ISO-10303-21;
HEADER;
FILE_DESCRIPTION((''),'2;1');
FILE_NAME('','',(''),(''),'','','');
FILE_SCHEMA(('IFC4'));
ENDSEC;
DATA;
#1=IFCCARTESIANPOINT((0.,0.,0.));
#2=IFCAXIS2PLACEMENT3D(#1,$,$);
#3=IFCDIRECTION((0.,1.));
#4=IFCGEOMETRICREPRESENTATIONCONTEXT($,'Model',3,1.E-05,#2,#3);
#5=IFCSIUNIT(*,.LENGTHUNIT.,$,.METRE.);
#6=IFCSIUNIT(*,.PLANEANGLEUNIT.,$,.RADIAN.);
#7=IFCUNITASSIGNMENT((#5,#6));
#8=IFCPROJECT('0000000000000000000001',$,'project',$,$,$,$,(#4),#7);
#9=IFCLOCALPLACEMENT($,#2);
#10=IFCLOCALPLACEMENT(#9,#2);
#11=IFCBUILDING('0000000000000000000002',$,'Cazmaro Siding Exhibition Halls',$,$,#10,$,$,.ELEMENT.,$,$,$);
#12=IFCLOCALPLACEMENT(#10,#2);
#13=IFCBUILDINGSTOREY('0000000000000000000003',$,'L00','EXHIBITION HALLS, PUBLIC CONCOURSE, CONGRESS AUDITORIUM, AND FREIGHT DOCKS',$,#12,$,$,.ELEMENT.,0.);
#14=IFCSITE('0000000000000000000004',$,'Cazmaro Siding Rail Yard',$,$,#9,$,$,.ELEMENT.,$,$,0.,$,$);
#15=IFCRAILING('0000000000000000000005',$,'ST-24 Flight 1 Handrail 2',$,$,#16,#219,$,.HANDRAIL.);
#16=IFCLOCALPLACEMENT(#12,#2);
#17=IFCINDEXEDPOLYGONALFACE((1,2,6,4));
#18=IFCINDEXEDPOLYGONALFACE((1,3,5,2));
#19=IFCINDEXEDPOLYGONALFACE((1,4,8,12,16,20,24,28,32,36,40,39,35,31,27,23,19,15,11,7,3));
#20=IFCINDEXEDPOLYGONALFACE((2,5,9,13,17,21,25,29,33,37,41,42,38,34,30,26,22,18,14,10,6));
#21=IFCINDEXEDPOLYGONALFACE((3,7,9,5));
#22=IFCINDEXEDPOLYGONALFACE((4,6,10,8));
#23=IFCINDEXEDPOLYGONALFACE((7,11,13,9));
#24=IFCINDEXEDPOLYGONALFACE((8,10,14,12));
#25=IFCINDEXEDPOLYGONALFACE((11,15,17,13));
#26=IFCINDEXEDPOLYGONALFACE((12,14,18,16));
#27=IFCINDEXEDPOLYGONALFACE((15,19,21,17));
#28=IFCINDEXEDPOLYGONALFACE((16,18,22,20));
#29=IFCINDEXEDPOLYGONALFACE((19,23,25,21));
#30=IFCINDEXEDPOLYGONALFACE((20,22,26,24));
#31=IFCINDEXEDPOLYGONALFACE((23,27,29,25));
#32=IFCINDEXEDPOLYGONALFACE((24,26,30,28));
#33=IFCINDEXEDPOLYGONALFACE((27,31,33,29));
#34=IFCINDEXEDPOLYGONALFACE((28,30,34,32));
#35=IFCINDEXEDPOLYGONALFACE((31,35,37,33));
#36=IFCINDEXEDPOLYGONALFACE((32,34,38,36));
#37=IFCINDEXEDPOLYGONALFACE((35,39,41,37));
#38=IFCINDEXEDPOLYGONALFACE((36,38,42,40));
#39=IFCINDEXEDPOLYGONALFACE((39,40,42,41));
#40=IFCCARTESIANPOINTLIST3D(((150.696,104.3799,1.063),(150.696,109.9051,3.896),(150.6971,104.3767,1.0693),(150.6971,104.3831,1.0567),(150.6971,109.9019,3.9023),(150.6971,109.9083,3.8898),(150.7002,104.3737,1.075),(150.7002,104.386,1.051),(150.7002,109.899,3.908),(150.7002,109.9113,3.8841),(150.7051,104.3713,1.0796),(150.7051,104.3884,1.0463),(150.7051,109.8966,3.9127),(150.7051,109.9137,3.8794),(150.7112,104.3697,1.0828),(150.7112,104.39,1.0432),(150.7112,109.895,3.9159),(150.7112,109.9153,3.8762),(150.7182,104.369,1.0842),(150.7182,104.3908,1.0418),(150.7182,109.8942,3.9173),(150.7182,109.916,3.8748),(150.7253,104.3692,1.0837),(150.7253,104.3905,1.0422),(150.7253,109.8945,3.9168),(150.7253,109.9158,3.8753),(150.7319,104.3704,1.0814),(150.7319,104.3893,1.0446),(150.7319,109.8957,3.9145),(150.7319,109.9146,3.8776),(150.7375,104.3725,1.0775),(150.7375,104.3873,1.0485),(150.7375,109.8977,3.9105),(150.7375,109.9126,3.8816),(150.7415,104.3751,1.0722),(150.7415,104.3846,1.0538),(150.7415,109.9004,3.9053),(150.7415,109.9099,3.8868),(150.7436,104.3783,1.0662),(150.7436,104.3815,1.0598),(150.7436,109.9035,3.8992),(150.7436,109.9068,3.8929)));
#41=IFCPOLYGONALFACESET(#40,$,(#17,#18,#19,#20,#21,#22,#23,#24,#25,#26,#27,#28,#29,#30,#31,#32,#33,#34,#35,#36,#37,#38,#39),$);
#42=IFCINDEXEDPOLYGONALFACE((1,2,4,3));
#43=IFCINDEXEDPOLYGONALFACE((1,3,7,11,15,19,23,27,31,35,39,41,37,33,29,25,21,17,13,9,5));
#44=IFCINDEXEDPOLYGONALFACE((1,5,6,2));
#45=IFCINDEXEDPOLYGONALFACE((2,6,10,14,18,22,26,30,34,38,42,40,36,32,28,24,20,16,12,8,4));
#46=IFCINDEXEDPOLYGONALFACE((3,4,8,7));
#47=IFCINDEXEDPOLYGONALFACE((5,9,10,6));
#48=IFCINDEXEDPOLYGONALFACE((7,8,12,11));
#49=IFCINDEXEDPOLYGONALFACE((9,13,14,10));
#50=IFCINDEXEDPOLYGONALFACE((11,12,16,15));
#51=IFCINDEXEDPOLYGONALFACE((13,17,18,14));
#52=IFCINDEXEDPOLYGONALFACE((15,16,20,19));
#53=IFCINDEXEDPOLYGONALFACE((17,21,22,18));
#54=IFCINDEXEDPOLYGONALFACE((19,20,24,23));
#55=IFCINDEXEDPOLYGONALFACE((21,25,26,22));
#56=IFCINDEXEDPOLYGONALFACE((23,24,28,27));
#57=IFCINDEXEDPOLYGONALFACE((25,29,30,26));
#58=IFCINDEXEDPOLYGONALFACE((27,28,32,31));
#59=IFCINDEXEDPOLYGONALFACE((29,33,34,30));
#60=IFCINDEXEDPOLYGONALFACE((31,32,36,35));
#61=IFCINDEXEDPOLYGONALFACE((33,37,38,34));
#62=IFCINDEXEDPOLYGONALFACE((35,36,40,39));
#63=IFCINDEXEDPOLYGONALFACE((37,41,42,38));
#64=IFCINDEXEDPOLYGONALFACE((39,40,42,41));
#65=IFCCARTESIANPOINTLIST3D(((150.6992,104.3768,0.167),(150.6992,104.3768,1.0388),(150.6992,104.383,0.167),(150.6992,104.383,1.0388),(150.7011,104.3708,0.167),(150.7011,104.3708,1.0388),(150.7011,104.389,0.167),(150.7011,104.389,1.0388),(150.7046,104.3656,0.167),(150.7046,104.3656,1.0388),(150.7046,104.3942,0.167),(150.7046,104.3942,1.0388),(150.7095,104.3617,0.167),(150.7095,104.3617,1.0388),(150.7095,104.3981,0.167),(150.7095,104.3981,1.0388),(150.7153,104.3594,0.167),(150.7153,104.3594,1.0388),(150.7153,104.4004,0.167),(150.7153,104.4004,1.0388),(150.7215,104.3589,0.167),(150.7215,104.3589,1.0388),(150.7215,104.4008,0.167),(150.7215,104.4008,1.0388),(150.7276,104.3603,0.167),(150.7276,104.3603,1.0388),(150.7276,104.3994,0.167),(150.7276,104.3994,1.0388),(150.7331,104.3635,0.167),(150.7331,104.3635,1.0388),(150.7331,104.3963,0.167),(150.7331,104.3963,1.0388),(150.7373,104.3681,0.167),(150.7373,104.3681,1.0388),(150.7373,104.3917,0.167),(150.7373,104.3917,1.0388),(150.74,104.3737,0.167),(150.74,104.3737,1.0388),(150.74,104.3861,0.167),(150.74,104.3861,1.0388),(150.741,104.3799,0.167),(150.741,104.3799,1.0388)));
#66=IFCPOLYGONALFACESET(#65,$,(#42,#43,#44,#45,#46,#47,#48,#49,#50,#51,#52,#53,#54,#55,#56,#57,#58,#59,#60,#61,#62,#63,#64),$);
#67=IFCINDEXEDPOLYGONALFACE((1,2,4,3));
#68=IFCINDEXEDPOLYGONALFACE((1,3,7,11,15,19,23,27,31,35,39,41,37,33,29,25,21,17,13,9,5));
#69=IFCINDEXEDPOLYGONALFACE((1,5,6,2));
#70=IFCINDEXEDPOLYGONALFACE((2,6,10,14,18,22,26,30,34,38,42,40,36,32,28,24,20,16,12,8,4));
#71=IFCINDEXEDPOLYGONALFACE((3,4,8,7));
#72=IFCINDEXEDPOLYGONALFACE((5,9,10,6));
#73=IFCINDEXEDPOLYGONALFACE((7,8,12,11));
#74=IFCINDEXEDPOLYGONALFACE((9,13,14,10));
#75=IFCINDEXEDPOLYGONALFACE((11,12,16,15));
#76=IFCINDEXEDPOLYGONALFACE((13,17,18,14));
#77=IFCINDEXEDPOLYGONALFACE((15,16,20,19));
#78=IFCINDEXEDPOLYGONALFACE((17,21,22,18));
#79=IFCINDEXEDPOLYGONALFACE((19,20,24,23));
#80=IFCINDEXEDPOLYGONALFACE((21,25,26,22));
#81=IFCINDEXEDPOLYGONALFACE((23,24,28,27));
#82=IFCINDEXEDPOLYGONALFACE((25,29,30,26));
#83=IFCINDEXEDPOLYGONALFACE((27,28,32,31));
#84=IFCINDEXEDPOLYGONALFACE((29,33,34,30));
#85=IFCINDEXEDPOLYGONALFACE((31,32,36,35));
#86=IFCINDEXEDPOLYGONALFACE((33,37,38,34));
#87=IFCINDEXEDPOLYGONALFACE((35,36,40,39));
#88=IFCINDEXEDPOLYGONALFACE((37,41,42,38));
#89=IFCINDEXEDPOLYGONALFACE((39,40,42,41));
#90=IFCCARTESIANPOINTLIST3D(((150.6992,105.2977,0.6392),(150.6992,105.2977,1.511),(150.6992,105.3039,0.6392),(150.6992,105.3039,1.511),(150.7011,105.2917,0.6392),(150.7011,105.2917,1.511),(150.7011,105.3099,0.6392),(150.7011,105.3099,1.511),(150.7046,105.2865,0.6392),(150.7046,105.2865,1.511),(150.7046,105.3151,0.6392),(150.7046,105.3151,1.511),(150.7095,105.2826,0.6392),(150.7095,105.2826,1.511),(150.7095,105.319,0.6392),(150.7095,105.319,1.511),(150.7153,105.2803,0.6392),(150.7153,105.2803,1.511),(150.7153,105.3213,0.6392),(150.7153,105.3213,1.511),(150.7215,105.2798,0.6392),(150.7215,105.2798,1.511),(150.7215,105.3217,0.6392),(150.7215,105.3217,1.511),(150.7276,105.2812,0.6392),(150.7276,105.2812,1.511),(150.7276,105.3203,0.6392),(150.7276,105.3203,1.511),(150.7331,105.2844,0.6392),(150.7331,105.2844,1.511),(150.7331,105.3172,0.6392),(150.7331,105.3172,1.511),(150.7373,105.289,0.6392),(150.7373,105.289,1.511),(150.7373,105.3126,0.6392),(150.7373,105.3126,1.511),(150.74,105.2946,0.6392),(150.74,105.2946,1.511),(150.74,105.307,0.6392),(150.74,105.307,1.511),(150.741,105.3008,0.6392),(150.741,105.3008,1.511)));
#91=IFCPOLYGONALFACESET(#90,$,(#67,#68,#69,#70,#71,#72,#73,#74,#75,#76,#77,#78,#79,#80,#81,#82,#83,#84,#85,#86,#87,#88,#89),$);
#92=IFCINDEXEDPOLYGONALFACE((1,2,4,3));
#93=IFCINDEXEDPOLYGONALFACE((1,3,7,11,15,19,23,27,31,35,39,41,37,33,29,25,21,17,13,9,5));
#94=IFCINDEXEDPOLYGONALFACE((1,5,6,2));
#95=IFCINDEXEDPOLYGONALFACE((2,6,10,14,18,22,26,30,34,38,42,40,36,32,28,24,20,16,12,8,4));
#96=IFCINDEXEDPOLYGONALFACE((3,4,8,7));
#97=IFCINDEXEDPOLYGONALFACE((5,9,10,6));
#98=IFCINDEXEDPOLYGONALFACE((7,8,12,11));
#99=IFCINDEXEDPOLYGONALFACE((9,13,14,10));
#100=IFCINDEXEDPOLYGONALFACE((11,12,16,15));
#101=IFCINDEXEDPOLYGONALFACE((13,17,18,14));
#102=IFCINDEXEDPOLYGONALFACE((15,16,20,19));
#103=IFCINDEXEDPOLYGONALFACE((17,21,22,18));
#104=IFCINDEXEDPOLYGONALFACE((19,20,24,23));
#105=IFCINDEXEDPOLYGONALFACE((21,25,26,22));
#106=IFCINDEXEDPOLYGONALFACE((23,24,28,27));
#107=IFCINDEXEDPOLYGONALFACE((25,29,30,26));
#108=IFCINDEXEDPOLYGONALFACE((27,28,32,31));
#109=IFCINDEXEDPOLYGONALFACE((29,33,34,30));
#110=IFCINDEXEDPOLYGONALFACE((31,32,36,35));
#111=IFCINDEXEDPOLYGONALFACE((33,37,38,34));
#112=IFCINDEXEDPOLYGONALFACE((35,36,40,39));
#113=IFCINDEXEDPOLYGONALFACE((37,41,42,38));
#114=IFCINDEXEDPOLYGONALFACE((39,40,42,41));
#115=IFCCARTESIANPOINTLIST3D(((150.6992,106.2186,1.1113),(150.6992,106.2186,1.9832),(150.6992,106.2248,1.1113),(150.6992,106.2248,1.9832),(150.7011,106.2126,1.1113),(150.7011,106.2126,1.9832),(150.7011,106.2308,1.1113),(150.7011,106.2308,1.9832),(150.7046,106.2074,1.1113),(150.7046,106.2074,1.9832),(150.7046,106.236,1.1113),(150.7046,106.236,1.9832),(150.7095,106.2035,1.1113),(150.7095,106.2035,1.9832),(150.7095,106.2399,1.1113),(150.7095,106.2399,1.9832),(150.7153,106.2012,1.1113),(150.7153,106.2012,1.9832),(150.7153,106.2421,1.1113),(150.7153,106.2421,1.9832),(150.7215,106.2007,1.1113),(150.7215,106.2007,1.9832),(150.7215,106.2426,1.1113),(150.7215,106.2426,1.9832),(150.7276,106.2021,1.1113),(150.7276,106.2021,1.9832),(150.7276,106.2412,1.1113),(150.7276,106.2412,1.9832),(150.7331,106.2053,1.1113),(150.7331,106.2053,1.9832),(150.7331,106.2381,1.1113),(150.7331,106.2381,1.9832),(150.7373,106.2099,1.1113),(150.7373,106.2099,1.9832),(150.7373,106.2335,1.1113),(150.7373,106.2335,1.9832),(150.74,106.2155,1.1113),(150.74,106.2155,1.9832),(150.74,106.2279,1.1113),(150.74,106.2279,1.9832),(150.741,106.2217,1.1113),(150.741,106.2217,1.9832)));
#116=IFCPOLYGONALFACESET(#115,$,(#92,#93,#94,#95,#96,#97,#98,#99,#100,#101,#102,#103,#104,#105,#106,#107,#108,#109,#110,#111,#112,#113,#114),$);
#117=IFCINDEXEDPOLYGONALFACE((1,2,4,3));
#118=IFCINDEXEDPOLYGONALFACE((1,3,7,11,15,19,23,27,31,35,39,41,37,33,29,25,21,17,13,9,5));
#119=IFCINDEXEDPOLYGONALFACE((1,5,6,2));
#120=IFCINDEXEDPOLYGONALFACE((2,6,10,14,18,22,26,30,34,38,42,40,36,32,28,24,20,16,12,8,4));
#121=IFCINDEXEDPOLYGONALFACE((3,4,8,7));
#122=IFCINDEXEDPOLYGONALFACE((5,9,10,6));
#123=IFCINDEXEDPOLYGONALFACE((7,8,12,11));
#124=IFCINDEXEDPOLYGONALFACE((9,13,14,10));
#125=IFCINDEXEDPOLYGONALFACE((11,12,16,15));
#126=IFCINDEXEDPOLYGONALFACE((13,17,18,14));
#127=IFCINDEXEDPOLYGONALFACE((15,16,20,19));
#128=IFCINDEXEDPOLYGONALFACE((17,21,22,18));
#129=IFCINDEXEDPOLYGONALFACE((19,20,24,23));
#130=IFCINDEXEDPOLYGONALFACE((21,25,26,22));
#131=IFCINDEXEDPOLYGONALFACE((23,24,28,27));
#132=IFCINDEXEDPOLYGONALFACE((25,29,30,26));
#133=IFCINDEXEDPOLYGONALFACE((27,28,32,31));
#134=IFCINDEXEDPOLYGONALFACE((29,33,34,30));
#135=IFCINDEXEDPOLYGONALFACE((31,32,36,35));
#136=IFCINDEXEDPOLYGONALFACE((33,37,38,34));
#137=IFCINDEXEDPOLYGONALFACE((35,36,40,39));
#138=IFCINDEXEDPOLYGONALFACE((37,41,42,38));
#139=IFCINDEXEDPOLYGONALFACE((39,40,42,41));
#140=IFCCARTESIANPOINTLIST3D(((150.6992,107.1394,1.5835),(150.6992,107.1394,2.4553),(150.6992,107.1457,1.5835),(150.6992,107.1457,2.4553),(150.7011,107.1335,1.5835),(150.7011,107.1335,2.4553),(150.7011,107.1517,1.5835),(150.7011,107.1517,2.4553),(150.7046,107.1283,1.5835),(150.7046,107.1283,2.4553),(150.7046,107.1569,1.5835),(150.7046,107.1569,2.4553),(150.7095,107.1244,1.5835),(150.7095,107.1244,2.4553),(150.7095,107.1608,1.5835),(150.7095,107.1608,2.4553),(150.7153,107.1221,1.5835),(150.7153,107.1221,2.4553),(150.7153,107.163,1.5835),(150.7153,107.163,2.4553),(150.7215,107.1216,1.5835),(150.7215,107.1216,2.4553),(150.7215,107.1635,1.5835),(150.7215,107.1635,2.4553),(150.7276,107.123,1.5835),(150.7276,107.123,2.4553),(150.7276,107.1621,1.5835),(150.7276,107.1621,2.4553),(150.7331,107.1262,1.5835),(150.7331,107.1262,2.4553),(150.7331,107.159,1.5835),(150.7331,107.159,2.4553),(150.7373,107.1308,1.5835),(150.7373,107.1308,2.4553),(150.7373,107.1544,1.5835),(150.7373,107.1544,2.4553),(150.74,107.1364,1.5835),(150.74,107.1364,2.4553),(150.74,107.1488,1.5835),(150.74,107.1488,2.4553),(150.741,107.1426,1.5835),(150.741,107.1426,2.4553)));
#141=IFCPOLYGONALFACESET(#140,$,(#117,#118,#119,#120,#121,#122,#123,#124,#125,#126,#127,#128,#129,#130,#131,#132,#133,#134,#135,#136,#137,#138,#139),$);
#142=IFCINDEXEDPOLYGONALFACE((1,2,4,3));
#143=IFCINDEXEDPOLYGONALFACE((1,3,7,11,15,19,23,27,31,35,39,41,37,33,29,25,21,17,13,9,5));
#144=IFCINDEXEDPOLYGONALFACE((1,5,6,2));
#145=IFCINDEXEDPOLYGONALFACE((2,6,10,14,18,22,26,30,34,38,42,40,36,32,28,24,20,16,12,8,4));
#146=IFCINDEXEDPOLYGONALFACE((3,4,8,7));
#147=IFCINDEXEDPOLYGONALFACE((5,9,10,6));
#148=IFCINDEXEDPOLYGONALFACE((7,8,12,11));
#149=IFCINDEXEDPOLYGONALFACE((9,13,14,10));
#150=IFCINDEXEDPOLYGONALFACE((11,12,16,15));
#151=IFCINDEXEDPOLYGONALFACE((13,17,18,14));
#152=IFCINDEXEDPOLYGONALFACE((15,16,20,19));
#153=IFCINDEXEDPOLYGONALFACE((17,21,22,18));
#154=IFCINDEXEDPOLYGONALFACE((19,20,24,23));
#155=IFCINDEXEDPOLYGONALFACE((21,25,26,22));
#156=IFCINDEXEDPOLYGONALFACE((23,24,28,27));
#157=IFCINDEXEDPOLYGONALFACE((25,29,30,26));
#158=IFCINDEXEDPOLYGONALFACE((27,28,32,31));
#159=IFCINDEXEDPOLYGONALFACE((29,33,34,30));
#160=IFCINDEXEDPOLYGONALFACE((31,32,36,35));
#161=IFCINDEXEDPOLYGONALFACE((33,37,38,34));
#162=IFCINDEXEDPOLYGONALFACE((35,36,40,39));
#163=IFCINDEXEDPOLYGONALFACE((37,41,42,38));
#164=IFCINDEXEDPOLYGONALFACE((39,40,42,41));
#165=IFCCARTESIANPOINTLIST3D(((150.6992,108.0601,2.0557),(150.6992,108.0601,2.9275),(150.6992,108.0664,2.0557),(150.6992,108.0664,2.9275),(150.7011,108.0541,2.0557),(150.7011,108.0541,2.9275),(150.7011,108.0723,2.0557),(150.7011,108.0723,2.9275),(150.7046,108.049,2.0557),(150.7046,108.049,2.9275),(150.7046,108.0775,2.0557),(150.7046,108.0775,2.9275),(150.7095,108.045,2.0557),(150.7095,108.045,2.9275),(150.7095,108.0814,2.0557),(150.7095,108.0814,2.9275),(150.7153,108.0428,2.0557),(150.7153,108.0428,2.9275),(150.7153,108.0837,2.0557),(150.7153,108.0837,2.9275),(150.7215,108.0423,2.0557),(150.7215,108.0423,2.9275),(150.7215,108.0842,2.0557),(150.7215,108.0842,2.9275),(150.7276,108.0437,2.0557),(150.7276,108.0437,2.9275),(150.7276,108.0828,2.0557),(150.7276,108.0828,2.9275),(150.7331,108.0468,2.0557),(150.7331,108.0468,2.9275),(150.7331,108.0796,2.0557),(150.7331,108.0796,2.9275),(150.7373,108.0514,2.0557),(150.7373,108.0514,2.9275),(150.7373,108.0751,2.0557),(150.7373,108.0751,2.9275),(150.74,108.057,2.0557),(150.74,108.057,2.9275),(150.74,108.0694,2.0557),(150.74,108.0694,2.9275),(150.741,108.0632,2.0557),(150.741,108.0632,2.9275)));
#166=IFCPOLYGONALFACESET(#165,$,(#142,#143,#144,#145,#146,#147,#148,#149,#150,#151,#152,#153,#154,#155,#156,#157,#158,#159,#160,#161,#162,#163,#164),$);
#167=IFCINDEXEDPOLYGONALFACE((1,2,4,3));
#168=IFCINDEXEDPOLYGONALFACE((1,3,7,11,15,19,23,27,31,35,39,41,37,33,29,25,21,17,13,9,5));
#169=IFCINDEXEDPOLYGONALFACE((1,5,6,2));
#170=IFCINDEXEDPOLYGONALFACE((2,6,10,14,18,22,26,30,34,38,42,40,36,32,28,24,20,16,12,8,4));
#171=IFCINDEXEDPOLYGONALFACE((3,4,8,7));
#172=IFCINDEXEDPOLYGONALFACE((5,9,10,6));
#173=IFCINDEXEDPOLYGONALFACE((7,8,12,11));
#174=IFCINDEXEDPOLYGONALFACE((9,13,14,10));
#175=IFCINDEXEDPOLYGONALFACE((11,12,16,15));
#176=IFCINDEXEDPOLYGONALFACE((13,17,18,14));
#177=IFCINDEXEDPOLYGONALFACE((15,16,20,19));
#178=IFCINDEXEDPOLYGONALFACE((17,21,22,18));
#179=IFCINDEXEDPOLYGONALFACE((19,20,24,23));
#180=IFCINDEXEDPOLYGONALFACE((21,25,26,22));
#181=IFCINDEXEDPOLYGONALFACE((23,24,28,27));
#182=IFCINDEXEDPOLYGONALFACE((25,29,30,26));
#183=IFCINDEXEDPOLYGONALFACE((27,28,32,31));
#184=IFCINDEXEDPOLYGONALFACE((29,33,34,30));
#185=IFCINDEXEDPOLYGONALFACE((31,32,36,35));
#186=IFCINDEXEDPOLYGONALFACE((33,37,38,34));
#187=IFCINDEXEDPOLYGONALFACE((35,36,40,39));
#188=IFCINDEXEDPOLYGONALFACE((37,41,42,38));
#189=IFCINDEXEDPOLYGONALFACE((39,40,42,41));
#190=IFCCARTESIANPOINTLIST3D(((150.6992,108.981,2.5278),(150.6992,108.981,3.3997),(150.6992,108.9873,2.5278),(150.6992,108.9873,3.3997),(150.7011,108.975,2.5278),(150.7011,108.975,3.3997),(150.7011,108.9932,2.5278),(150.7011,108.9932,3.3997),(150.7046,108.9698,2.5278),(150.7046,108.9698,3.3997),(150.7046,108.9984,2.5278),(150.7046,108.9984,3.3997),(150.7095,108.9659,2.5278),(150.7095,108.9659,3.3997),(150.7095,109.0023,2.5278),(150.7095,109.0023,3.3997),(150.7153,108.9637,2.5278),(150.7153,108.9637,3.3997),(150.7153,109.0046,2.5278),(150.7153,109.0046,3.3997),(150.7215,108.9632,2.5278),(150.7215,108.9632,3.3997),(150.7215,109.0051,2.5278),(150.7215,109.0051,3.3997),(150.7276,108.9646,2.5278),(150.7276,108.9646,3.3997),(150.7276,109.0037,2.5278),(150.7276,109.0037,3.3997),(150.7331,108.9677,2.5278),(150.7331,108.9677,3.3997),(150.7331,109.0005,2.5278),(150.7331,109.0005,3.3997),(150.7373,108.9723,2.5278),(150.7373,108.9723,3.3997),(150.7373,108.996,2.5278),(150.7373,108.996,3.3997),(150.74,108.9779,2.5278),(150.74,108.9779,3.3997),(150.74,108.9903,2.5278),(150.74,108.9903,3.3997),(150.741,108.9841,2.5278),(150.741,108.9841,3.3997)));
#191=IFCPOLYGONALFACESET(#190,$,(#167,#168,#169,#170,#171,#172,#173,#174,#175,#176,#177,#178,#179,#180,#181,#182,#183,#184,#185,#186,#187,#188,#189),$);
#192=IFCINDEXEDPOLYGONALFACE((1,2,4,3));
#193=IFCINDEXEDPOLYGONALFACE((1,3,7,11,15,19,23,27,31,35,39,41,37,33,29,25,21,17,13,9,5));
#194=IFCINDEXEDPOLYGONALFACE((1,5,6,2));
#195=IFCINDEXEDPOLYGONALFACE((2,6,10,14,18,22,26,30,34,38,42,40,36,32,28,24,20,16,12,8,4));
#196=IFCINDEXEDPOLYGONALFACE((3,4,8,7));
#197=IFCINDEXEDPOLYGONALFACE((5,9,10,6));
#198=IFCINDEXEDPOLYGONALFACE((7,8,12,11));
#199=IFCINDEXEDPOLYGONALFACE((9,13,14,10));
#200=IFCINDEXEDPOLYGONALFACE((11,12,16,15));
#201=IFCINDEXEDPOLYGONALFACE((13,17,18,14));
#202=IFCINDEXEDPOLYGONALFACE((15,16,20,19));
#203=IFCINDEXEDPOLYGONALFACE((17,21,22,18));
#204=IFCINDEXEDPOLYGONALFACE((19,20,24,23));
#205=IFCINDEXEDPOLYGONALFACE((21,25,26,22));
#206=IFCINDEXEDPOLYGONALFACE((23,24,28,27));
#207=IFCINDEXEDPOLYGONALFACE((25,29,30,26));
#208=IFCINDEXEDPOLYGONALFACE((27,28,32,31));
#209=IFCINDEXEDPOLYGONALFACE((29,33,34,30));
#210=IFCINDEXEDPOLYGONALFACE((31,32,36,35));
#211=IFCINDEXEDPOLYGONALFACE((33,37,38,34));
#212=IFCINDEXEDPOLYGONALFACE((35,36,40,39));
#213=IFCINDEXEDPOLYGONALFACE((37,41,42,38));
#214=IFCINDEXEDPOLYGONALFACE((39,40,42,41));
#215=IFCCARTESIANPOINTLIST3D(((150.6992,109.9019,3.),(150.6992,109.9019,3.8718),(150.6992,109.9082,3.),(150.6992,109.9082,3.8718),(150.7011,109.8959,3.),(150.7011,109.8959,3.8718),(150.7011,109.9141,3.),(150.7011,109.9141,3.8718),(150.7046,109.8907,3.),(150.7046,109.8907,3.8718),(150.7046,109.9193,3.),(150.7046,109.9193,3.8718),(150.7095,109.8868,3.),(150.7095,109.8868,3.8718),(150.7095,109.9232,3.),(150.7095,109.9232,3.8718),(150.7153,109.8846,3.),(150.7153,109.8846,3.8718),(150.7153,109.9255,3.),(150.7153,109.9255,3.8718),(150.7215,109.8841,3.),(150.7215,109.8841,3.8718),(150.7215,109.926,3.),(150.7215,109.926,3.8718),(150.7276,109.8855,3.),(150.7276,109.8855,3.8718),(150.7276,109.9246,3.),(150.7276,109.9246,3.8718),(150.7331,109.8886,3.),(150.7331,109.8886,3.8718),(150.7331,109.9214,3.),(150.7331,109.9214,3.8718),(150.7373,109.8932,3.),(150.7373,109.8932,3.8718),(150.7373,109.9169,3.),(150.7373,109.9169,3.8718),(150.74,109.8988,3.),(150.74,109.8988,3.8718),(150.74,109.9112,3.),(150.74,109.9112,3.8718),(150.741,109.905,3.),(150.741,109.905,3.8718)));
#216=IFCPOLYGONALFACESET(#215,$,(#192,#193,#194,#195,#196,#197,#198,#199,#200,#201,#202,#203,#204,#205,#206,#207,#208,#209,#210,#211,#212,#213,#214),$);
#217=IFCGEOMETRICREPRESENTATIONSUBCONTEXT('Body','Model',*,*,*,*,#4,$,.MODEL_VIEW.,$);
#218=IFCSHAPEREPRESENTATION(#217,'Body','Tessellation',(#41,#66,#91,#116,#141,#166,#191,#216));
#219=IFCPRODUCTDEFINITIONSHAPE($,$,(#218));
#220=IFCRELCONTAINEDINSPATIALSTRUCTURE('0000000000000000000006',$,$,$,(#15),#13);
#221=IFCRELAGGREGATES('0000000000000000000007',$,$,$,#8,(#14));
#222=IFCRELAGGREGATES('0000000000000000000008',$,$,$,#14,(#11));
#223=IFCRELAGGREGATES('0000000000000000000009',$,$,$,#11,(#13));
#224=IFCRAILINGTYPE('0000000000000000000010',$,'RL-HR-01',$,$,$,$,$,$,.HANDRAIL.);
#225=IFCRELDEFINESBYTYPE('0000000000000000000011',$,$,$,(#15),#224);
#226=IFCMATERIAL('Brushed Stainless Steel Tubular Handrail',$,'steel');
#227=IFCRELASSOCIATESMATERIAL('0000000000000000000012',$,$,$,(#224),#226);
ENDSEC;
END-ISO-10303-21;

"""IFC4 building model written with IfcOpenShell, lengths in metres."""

from ifc_helpers import new_model, si_unit, direction, frame, origin, origin_2d, place, context, subcontext, project, spatial, circle, extrude, material, type_object, element, save


model = new_model("IFC4")

# Units and contexts
model_context = context("Model", 3, precision=1e-05, world=origin(), true_north=direction((0.0, 1.0)))
body_context = subcontext(model_context, "Body", "Model", "MODEL_VIEW")
ifc_project = project(units=[si_unit("LENGTHUNIT", "METRE"), si_unit("PLANEANGLEUNIT", "RADIAN")], contexts=[model_context])

# Site, building, storey
site_placement = place(None, origin())
site = spatial("IfcSite", under=ifc_project, at=site_placement, Name="Cazmaro Siding Rail Yard", CompositionType="ELEMENT", RefElevation=0.0)
building_placement = place(site_placement, origin())
building = spatial("IfcBuilding", under=site, at=building_placement, Name="Cazmaro Siding Exhibition Halls", CompositionType="ELEMENT")
storey_placement = place(building_placement, origin())
storey = spatial("IfcBuildingStorey", under=building, at=storey_placement, Name="L00", Description="EXHIBITION HALLS, PUBLIC CONCOURSE, CONGRESS AUDITORIUM, AND FREIGHT DOCKS", CompositionType="ELEMENT", Elevation=0.0)

# Railing
ifc_material_1 = material(Name="Brushed Stainless Steel Tubular Handrail", Category="steel")
railing_type_1 = type_object("IfcRailingType", Name="RL-HR-01", PredefinedType="HANDRAIL", material=ifc_material_1)
railing_1_placement = place(storey_placement, frame((150.72, 104.3799, 0.167)))
element("IfcRailing", 1, at=railing_1_placement, inside=storey, type_object=railing_type_1, Name="ST-24 Flight 1 Handrail 2", PredefinedType="HANDRAIL", context=body_context, shape_type="SweptSolid", body=[
    extrude(circle(Radius=0.0239, at=origin_2d()), frame((0.0, 0.0, 0.896), z_axis=(0.0, 0.889844, 0.456266), x_axis=(-1.0, 0.0, 0.0)), (0.0, 0.0, 1.0), 6.2092),
    extrude(circle(Radius=0.021, at=origin_2d()), origin(), (0.0, 0.0, 1.0), 0.8718),
    extrude(circle(Radius=0.021, at=origin_2d()), frame((0.0, 0.9209, 0.4722)), (0.0, 0.0, 1.0), 0.8718),
    extrude(circle(Radius=0.021, at=origin_2d()), frame((0.0, 1.8418, 0.9443)), (0.0, 0.0, 1.0), 0.8718),
    extrude(circle(Radius=0.021, at=origin_2d()), frame((0.0, 2.7627, 1.4165)), (0.0, 0.0, 1.0), 0.8718),
    extrude(circle(Radius=0.021, at=origin_2d()), frame((0.0, 3.6833, 1.8887)), (0.0, 0.0, 1.0), 0.8718),
    extrude(circle(Radius=0.021, at=origin_2d()), frame((0.0, 4.6042, 2.3608)), (0.0, 0.0, 1.0), 0.8718),
    extrude(circle(Radius=0.021, at=origin_2d()), frame((0.0, 5.5251, 2.833)), (0.0, 0.0, 1.0), 0.8718),
])

save(model, "model.ifc")
